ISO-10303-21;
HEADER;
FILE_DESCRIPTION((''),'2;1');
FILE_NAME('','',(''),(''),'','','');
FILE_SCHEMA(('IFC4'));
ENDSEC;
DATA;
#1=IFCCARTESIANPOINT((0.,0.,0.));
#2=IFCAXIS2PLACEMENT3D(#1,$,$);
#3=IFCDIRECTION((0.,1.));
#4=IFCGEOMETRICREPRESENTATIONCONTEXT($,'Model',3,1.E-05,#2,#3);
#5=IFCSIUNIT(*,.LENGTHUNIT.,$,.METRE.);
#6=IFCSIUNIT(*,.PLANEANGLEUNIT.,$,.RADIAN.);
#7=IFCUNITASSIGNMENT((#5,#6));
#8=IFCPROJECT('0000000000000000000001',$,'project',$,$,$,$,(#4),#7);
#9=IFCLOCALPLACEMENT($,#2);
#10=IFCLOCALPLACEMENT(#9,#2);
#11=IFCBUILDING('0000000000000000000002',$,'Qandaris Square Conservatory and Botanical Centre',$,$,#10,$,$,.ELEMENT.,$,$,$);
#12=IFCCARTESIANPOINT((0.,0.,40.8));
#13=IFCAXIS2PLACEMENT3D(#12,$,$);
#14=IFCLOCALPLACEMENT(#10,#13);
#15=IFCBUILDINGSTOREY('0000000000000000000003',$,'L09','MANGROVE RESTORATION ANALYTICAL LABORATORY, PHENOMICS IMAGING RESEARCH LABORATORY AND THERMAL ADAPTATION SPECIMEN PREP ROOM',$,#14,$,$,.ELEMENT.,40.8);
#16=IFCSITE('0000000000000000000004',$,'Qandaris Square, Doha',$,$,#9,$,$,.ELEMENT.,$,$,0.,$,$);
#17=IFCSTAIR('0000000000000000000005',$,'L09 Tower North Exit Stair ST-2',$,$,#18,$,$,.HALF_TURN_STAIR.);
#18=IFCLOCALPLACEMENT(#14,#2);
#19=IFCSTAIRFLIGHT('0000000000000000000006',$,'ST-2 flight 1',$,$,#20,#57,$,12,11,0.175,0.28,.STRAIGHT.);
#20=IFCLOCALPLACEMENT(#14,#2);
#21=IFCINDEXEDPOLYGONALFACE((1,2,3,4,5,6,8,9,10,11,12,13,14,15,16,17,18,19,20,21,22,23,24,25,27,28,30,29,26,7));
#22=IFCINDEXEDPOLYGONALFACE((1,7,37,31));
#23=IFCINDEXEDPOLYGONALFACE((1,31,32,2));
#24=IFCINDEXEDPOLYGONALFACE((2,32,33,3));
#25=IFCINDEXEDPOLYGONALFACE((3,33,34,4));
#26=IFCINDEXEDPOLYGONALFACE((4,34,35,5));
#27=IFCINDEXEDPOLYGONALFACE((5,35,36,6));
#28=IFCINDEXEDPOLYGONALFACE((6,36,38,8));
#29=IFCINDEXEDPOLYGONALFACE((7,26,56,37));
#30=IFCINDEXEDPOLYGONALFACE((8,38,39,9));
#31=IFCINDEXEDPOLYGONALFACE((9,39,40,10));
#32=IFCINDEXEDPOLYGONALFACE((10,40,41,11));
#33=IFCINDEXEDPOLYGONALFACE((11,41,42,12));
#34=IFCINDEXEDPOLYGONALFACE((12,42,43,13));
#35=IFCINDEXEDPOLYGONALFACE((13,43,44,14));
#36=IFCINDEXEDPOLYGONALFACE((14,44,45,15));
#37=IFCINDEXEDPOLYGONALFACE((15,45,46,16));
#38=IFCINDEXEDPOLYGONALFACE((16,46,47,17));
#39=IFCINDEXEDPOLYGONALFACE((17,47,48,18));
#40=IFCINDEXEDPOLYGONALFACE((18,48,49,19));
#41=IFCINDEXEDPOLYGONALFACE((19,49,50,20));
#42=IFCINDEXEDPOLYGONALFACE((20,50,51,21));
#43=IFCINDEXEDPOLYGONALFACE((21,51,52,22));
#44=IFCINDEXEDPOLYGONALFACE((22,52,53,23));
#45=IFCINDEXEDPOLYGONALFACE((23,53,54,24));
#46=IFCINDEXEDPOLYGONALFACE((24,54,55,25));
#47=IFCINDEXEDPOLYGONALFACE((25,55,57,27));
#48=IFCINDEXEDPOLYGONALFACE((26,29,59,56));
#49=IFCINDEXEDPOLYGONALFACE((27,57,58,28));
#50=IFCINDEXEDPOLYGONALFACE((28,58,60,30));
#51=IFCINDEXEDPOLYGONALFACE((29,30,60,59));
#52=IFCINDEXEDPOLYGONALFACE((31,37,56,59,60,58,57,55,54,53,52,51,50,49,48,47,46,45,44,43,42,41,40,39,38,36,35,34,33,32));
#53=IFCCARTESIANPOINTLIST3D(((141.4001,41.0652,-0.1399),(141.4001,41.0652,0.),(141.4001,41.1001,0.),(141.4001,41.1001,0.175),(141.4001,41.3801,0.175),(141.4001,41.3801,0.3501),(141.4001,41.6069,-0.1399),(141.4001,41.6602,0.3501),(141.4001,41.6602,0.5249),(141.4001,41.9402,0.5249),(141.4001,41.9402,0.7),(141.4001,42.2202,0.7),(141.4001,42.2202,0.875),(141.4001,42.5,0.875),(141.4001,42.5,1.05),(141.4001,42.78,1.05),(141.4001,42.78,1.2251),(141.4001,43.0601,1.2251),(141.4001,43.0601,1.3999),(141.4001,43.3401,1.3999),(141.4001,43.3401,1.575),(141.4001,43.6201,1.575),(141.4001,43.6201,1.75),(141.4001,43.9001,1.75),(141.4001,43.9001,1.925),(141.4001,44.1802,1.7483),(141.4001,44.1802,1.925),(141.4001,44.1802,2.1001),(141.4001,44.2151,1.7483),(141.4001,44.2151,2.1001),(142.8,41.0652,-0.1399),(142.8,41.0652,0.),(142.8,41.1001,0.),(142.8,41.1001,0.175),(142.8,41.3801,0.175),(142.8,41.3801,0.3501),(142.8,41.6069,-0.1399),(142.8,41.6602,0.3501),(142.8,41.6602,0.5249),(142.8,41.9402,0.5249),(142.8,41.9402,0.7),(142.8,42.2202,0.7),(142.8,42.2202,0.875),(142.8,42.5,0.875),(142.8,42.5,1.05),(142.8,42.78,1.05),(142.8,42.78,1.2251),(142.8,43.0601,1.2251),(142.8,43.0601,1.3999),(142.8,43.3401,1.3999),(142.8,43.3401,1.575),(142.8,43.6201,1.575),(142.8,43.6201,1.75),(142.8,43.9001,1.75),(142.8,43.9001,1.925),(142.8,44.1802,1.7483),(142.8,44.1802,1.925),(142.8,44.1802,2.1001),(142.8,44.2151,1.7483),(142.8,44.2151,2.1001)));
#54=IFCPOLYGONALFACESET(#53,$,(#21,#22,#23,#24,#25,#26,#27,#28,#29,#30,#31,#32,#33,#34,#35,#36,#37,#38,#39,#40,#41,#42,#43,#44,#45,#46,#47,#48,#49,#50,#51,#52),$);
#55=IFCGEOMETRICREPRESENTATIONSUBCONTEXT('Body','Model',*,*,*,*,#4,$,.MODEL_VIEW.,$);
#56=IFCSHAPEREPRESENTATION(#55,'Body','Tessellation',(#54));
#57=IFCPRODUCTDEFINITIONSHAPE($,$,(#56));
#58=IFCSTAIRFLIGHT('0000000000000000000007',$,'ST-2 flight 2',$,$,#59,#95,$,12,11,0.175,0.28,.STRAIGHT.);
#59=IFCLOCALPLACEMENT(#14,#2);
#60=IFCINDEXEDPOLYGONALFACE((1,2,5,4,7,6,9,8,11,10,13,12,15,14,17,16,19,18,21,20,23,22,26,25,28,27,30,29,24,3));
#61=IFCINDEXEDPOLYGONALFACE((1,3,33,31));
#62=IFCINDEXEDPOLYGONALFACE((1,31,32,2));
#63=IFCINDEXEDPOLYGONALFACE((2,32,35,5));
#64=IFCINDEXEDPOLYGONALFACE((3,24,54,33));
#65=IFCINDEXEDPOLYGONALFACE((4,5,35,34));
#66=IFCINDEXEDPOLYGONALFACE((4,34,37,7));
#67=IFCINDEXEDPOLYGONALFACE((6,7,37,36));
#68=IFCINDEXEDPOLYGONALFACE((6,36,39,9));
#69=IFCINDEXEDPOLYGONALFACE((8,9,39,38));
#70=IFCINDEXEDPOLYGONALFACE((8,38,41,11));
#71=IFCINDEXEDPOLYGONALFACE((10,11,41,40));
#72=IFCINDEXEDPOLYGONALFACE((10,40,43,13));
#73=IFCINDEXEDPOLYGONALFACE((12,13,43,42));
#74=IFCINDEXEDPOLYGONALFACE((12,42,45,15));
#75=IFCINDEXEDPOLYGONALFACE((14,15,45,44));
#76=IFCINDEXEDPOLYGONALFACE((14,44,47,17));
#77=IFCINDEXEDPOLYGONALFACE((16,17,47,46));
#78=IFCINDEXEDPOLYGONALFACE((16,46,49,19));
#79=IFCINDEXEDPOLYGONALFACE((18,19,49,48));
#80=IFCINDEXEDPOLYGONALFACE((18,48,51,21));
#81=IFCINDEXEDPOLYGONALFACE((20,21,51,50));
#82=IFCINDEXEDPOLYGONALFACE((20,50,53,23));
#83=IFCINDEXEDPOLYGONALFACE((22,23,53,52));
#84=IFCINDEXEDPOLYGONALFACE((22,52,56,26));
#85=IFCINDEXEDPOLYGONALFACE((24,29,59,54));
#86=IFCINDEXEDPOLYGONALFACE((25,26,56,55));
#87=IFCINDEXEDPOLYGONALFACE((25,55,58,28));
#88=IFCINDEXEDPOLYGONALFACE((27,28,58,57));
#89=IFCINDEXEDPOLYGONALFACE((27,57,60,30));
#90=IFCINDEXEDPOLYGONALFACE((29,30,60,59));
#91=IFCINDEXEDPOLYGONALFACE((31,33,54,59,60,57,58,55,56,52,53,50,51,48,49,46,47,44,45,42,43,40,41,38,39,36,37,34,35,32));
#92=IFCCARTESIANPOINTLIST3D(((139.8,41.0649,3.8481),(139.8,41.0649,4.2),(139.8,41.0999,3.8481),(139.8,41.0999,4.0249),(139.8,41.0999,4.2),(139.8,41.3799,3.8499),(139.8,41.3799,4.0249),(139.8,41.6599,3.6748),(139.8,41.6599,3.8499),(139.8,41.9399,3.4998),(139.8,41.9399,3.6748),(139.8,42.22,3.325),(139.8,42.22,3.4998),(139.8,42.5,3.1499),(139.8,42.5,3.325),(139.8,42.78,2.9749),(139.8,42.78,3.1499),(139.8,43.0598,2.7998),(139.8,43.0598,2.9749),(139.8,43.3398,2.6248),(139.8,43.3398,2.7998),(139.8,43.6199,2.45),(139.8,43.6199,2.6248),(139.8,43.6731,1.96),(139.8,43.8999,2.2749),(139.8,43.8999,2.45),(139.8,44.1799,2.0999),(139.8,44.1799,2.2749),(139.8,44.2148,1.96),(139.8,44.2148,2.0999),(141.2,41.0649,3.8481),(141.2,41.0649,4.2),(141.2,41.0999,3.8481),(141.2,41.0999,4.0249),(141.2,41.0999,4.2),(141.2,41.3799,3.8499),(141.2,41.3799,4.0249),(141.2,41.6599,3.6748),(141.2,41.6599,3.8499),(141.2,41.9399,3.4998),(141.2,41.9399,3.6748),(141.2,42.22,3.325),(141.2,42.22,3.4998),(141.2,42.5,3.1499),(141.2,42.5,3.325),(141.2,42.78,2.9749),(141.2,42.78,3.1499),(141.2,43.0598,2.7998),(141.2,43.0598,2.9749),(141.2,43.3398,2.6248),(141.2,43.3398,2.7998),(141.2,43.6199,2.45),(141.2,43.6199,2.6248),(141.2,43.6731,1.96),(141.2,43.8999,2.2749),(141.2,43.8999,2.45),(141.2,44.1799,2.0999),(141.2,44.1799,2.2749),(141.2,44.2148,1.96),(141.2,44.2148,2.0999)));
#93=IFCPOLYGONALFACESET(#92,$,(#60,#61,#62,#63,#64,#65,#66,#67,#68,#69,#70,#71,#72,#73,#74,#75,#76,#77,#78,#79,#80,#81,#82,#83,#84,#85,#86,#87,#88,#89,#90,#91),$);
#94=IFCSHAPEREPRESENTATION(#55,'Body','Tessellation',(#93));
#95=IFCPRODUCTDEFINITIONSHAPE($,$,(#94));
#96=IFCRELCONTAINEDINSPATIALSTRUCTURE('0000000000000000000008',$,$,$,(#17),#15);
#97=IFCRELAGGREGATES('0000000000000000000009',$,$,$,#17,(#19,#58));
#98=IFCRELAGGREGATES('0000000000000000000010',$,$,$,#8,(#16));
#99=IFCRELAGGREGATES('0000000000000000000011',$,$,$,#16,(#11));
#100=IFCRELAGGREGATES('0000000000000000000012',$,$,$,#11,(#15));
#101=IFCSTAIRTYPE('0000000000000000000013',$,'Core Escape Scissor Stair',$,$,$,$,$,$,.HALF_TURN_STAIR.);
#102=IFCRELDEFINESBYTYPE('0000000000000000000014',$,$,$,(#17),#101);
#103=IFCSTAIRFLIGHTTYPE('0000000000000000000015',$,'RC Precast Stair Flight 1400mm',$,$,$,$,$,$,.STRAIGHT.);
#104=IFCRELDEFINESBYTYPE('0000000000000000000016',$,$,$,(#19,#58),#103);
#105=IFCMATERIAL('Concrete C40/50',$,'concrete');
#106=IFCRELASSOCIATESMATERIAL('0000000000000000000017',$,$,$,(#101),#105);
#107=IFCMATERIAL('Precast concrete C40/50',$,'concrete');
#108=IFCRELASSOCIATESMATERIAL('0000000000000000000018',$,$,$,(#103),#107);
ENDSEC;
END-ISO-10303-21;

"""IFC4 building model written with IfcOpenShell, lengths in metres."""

from ifc_helpers import new_model, si_unit, direction, frame, origin, place, context, subcontext, project, spatial, polyline, outline, extrude, material, type_object, element, aggregate, save


model = new_model("IFC4")

# Units and contexts
model_context = context("Model", 3, precision=1e-05, world=origin(), true_north=direction((0.0, 1.0)))
body_context = subcontext(model_context, "Body", "Model", "MODEL_VIEW")
ifc_project = project(units=[si_unit("LENGTHUNIT", "METRE"), si_unit("PLANEANGLEUNIT", "RADIAN")], contexts=[model_context])

# Site, building, storey
site_placement = place(None, origin())
site = spatial("IfcSite", under=ifc_project, at=site_placement, Name="Qandaris Square, Doha", CompositionType="ELEMENT", RefElevation=0.0)
building_placement = place(site_placement, origin())
building = spatial("IfcBuilding", under=site, at=building_placement, Name="Qandaris Square Conservatory and Botanical Centre", CompositionType="ELEMENT")
storey_placement = place(building_placement, frame((0.0, 0.0, 40.8)))
storey = spatial("IfcBuildingStorey", under=building, at=storey_placement, Name="L09", Description="MANGROVE RESTORATION ANALYTICAL LABORATORY, PHENOMICS IMAGING RESEARCH LABORATORY AND THERMAL ADAPTATION SPECIMEN PREP ROOM", CompositionType="ELEMENT", Elevation=40.8)

# Stair, stair flights
ifc_material_1 = material(Name="Concrete C40/50", Category="concrete")
stair_type = type_object("IfcStairType", Name="Core Escape Scissor Stair", PredefinedType="HALF_TURN_STAIR", material=ifc_material_1)
stair_placement = place(storey_placement, origin())
stair = element("IfcStair", 1, at=stair_placement, inside=storey, type_object=stair_type, Name="L09 Tower North Exit Stair ST-2", PredefinedType="HALF_TURN_STAIR")
ifc_material_2 = material(Name="Precast concrete C40/50", Category="concrete")
stair_flight_type = type_object("IfcStairFlightType", Name="RC Precast Stair Flight 1400mm", PredefinedType="STRAIGHT", material=ifc_material_2)
stair_flight_1_placement = place(storey_placement, frame((142.1001, 41.1001, 0.0), z_axis=(0.0, 0.0, 1.0), x_axis=(0.0, 1.0, 0.0)))
stair_flight_1 = element("IfcStairFlight", 2, at=stair_flight_1_placement, type_object=stair_flight_type, Name="ST-2 flight 1", NumberOfRisers=12, NumberOfTreads=11, PredefinedType="STRAIGHT", RiserHeight=0.175, TreadLength=0.28, context=body_context, shape_type="SweptSolid", body=[
    extrude(outline(polyline([(-0.0349, 0.0), (0.0, 0.0), (0.0, 0.175), (0.28, 0.175), (0.28, 0.3501), (0.5601, 0.3501), (0.5601, 0.5249), (0.8401, 0.5249), (0.8401, 0.7), (1.1201, 0.7), (1.1201, 0.875), (1.3999, 0.875), (1.3999, 1.05), (1.6799, 1.05), (1.6799, 1.2251), (1.96, 1.2251), (1.96, 1.3999), (2.24, 1.3999), (2.24, 1.575), (2.52, 1.575), (2.52, 1.75), (2.8, 1.75), (2.8, 1.925), (3.0801, 1.925), (3.0801, 2.1001), (3.115, 2.1001), (3.115, 1.7483), (3.0801, 1.7483), (0.5068, -0.1399), (-0.0349, -0.1399), (-0.0349, 0.0)])), frame((0.0, 0.7, 0.0), z_axis=(0.0, -1.0, 0.0), x_axis=(1.0, 0.0, 0.0)), (0.0, 0.0, 1.0), 1.3999),
])
stair_flight_2_placement = place(storey_placement, frame((140.5, 44.1799, 2.0999), z_axis=(0.0, 0.0, 1.0), x_axis=(0.0, -1.0, 0.0)))
stair_flight_2 = element("IfcStairFlight", 3, at=stair_flight_2_placement, type_object=stair_flight_type, Name="ST-2 flight 2", NumberOfRisers=12, NumberOfTreads=11, PredefinedType="STRAIGHT", RiserHeight=0.175, TreadLength=0.28, context=body_context, shape_type="SweptSolid", body=[
    extrude(outline(polyline([(-0.0349, 0.0), (0.0, 0.0), (0.0, 0.175), (0.28, 0.175), (0.28, 0.3501), (0.5601, 0.3501), (0.5601, 0.5249), (0.8401, 0.5249), (0.8401, 0.7), (1.1201, 0.7), (1.1201, 0.875), (1.3999, 0.875), (1.3999, 1.05), (1.6799, 1.05), (1.6799, 1.2251), (1.96, 1.2251), (1.96, 1.3999), (2.24, 1.3999), (2.24, 1.575), (2.52, 1.575), (2.52, 1.75), (2.8, 1.75), (2.8, 1.925), (3.0801, 1.925), (3.0801, 2.1001), (3.115, 2.1001), (3.115, 1.7483), (3.0801, 1.7483), (0.5068, -0.1399), (-0.0349, -0.1399), (-0.0349, 0.0)])), frame((0.0, 0.7, 0.0), z_axis=(0.0, -1.0, 0.0), x_axis=(1.0, 0.0, 0.0)), (0.0, 0.0, 1.0), 1.3999),
])
aggregate(stair, [stair_flight_1, stair_flight_2])

save(model, "model.ifc")
